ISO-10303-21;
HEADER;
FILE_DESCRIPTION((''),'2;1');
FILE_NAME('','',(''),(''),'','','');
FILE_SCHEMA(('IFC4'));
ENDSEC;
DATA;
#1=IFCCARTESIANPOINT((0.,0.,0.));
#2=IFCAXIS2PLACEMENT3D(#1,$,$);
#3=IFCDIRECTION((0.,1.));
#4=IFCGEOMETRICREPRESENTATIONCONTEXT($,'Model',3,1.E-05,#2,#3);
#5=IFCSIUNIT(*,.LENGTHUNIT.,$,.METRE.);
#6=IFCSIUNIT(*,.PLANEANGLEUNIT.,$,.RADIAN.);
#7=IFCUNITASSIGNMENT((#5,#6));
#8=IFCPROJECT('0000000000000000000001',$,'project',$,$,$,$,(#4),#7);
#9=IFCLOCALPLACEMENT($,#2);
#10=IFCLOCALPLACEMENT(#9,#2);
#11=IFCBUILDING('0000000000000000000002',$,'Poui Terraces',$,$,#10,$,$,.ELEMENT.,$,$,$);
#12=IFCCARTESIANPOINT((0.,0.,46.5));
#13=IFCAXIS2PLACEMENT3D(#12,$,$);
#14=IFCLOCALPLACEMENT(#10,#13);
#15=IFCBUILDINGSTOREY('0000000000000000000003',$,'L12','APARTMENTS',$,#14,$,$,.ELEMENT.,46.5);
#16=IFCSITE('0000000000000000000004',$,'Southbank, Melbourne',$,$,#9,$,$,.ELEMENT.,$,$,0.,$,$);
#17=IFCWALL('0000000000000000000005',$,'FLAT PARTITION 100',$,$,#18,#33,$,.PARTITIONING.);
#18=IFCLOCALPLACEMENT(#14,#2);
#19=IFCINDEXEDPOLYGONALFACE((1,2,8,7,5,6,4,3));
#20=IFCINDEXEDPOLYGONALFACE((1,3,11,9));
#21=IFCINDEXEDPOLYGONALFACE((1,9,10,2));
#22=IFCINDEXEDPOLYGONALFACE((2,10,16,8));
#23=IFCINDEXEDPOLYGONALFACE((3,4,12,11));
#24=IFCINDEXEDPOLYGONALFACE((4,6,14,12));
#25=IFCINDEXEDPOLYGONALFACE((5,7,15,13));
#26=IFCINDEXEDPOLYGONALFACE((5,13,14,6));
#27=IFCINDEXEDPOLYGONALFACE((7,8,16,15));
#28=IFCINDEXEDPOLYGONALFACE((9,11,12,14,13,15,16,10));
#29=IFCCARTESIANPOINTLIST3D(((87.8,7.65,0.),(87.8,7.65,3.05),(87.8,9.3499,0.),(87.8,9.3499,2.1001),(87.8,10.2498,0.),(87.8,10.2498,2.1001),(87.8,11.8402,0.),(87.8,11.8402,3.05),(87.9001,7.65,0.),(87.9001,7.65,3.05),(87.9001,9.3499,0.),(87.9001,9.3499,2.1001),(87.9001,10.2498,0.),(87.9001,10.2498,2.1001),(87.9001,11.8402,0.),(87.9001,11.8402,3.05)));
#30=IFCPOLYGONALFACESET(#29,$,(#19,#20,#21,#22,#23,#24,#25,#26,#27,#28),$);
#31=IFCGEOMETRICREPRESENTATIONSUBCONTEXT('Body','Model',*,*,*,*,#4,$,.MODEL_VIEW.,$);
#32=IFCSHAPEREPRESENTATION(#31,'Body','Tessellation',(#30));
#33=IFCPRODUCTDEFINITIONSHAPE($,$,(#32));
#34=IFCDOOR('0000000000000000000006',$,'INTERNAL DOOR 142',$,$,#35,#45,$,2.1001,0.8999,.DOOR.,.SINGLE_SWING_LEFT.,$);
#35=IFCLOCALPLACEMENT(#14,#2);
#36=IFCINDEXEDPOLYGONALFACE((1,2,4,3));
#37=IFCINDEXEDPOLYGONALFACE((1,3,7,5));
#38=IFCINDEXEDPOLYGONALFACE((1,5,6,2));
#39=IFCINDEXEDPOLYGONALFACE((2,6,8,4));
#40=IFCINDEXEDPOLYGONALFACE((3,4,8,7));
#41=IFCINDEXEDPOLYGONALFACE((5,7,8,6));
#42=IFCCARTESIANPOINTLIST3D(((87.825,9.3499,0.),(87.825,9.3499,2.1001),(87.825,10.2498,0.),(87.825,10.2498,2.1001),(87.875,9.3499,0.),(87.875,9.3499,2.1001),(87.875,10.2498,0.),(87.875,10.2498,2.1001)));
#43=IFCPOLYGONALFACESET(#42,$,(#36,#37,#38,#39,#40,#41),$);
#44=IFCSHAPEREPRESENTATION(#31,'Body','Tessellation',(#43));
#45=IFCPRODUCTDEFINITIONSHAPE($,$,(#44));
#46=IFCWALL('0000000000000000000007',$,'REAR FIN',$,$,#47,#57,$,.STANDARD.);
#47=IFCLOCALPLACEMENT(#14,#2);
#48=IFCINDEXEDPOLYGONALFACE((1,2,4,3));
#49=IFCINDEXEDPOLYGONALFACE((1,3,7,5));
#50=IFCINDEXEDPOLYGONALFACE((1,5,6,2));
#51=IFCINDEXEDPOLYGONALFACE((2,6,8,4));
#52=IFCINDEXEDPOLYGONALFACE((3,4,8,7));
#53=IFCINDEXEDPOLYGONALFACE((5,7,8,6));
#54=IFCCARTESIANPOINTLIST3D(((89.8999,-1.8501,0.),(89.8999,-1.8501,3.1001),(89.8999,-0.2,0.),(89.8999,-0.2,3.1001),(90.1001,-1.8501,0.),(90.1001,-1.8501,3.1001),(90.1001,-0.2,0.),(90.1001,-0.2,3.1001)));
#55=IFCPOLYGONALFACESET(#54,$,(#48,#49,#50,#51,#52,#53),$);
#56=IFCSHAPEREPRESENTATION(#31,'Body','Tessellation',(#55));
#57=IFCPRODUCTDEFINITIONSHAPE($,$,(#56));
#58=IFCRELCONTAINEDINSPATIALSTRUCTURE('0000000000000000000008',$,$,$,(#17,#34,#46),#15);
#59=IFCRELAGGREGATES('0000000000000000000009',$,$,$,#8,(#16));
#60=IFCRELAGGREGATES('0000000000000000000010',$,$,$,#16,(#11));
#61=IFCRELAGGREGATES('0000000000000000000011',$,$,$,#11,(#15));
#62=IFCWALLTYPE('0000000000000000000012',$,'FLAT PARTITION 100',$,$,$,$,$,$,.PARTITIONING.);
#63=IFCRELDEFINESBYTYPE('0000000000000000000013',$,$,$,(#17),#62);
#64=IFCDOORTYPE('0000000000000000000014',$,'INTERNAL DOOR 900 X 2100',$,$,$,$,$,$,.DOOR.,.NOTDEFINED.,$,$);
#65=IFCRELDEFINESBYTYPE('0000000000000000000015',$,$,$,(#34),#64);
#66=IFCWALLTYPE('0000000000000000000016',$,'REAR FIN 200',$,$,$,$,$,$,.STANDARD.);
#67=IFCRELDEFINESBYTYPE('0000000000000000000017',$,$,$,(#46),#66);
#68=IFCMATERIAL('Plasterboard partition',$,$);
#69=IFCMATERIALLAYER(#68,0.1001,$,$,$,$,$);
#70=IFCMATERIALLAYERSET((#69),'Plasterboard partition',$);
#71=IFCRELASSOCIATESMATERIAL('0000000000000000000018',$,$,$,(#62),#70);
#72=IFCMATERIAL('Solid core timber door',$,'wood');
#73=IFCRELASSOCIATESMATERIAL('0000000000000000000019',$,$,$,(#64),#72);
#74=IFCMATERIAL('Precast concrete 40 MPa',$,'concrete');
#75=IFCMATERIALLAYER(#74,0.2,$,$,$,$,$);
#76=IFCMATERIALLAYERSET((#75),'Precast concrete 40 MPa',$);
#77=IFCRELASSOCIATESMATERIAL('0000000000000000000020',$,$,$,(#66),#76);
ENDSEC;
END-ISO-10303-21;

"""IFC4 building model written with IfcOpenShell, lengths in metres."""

from ifc_helpers import new_model, si_unit, direction, frame, frame_2d, origin, place, context, subcontext, project, spatial, polyline, rectangle, outline, extrude, source, transform, mapped, material, layer, layer_set, type_object, element, fill, save


model = new_model("IFC4")

# Units and contexts
model_context = context("Model", 3, precision=1e-05, world=origin(), true_north=direction((0.0, 1.0)))
body_context = subcontext(model_context, "Body", "Model", "MODEL_VIEW")
ifc_project = project(units=[si_unit("LENGTHUNIT", "METRE"), si_unit("PLANEANGLEUNIT", "RADIAN")], contexts=[model_context])

# Site, building, storey
site_placement = place(None, origin())
site = spatial("IfcSite", under=ifc_project, at=site_placement, Name="Southbank, Melbourne", CompositionType="ELEMENT", RefElevation=0.0)
building_placement = place(site_placement, origin())
building = spatial("IfcBuilding", under=site, at=building_placement, Name="Poui Terraces", CompositionType="ELEMENT")
storey_placement = place(building_placement, frame((0.0, 0.0, 46.5)))
storey = spatial("IfcBuildingStorey", under=building, at=storey_placement, Name="L12", Description="APARTMENTS", CompositionType="ELEMENT", Elevation=46.5)

# Shared definitions
ifc_material_1 = material(Name="Precast concrete 40 MPa", Category="concrete")

# Shared definitions
ifc_material_2 = material(Name="Plasterboard partition")
ifc_layer_1 = layer(ifc_material_2, 0.1001)
ifc_layer_set_1 = layer_set([ifc_layer_1], Name="Plasterboard partition")
wall_type_1 = type_object("IfcWallType", Name="FLAT PARTITION 100", PredefinedType="PARTITIONING", material=ifc_layer_set_1)

# Wall, opening, door
ifc_material_3 = material(Name="Solid core timber door", Category="wood")
wall_1_placement = place(storey_placement, frame((87.8501, 7.6499, 0.0), z_axis=(0.0, 0.0, 1.0), x_axis=(0.0, 1.0, 0.0)))
wall_1 = element("IfcWall", 1, at=wall_1_placement, inside=storey, type_object=wall_type_1, Name="FLAT PARTITION 100", PredefinedType="PARTITIONING", context=body_context, shape_type="SweptSolid", body=[
    extrude(rectangle(XDim=4.1902, YDim=0.1001, at=frame_2d((2.0952, 0.0))), origin(), (0.0, 0.0, 1.0), 3.05),
])
opening_1_placement = place(wall_1_placement, frame((1.7, 0.0, 0.0)))
opening_1 = element("IfcOpeningElement", 2, at=opening_1_placement, cuts=wall_1, PredefinedType="OPENING", context=body_context, shape_type="SweptSolid", body=[
    extrude(rectangle(XDim=0.8999, YDim=2.1001, at=frame_2d((0.45, 1.05))), frame((0.0, 0.0601, 0.0), z_axis=(0.0, -1.0, 0.0), x_axis=(1.0, 0.0, 0.0)), (0.0, 0.0, 1.0), 0.1201),
])
door_type_1 = type_object("IfcDoorType", Name="INTERNAL DOOR 900 X 2100", OperationType="NOTDEFINED", PredefinedType="DOOR", material=ifc_material_3)
door_1_placement = place(opening_1_placement, frame((0.8999, 0.0, 0.0), z_axis=(0.0, 0.0, 1.0), x_axis=(-1.0, 0.0, 0.0)))
door_1 = element("IfcDoor", 3, at=door_1_placement, inside=storey, type_object=door_type_1, Name="INTERNAL DOOR 142", OperationType="SINGLE_SWING_LEFT", OverallHeight=2.1001, OverallWidth=0.8999, PredefinedType="DOOR", context=body_context, shape_type="SweptSolid", body=[
    extrude(rectangle(XDim=0.8999, YDim=2.1001, at=frame_2d((0.45, 1.05))), frame((0.0, 0.0249, 0.0), z_axis=(0.0, -1.0, 0.0), x_axis=(1.0, 0.0, 0.0)), (0.0, 0.0, 1.0), 0.05),
])
fill(opening_1, door_1)

# Wall
ifc_layer_2 = layer(ifc_material_1, 0.2)
ifc_layer_set_2 = layer_set([ifc_layer_2], Name="Precast concrete 40 MPa")
wall_type_2 = type_object("IfcWallType", Name="REAR FIN 200", PredefinedType="STANDARD", material=ifc_layer_set_2)
shared_shape_1 = source(origin(), body_context, "Body", "SweptSolid", [
    extrude(outline(polyline([(0.0, 0.0), (0.2002, 0.0), (0.2002, 1.6501), (0.0, 1.6501), (0.0, 0.0)])), origin(), (0.0, 0.0, 1.0), 3.1001),
])
wall_2_placement = place(storey_placement, frame((89.8999, -1.8501, 0.0)))
element("IfcWall", 4, at=wall_2_placement, inside=storey, type_object=wall_type_2, Name="REAR FIN", PredefinedType="STANDARD", context=body_context, shape_type="MappedRepresentation", body=[
    mapped(shared_shape_1, transform((0.0, 0.0, 0.0))),
])

save(model, "model.ifc")
